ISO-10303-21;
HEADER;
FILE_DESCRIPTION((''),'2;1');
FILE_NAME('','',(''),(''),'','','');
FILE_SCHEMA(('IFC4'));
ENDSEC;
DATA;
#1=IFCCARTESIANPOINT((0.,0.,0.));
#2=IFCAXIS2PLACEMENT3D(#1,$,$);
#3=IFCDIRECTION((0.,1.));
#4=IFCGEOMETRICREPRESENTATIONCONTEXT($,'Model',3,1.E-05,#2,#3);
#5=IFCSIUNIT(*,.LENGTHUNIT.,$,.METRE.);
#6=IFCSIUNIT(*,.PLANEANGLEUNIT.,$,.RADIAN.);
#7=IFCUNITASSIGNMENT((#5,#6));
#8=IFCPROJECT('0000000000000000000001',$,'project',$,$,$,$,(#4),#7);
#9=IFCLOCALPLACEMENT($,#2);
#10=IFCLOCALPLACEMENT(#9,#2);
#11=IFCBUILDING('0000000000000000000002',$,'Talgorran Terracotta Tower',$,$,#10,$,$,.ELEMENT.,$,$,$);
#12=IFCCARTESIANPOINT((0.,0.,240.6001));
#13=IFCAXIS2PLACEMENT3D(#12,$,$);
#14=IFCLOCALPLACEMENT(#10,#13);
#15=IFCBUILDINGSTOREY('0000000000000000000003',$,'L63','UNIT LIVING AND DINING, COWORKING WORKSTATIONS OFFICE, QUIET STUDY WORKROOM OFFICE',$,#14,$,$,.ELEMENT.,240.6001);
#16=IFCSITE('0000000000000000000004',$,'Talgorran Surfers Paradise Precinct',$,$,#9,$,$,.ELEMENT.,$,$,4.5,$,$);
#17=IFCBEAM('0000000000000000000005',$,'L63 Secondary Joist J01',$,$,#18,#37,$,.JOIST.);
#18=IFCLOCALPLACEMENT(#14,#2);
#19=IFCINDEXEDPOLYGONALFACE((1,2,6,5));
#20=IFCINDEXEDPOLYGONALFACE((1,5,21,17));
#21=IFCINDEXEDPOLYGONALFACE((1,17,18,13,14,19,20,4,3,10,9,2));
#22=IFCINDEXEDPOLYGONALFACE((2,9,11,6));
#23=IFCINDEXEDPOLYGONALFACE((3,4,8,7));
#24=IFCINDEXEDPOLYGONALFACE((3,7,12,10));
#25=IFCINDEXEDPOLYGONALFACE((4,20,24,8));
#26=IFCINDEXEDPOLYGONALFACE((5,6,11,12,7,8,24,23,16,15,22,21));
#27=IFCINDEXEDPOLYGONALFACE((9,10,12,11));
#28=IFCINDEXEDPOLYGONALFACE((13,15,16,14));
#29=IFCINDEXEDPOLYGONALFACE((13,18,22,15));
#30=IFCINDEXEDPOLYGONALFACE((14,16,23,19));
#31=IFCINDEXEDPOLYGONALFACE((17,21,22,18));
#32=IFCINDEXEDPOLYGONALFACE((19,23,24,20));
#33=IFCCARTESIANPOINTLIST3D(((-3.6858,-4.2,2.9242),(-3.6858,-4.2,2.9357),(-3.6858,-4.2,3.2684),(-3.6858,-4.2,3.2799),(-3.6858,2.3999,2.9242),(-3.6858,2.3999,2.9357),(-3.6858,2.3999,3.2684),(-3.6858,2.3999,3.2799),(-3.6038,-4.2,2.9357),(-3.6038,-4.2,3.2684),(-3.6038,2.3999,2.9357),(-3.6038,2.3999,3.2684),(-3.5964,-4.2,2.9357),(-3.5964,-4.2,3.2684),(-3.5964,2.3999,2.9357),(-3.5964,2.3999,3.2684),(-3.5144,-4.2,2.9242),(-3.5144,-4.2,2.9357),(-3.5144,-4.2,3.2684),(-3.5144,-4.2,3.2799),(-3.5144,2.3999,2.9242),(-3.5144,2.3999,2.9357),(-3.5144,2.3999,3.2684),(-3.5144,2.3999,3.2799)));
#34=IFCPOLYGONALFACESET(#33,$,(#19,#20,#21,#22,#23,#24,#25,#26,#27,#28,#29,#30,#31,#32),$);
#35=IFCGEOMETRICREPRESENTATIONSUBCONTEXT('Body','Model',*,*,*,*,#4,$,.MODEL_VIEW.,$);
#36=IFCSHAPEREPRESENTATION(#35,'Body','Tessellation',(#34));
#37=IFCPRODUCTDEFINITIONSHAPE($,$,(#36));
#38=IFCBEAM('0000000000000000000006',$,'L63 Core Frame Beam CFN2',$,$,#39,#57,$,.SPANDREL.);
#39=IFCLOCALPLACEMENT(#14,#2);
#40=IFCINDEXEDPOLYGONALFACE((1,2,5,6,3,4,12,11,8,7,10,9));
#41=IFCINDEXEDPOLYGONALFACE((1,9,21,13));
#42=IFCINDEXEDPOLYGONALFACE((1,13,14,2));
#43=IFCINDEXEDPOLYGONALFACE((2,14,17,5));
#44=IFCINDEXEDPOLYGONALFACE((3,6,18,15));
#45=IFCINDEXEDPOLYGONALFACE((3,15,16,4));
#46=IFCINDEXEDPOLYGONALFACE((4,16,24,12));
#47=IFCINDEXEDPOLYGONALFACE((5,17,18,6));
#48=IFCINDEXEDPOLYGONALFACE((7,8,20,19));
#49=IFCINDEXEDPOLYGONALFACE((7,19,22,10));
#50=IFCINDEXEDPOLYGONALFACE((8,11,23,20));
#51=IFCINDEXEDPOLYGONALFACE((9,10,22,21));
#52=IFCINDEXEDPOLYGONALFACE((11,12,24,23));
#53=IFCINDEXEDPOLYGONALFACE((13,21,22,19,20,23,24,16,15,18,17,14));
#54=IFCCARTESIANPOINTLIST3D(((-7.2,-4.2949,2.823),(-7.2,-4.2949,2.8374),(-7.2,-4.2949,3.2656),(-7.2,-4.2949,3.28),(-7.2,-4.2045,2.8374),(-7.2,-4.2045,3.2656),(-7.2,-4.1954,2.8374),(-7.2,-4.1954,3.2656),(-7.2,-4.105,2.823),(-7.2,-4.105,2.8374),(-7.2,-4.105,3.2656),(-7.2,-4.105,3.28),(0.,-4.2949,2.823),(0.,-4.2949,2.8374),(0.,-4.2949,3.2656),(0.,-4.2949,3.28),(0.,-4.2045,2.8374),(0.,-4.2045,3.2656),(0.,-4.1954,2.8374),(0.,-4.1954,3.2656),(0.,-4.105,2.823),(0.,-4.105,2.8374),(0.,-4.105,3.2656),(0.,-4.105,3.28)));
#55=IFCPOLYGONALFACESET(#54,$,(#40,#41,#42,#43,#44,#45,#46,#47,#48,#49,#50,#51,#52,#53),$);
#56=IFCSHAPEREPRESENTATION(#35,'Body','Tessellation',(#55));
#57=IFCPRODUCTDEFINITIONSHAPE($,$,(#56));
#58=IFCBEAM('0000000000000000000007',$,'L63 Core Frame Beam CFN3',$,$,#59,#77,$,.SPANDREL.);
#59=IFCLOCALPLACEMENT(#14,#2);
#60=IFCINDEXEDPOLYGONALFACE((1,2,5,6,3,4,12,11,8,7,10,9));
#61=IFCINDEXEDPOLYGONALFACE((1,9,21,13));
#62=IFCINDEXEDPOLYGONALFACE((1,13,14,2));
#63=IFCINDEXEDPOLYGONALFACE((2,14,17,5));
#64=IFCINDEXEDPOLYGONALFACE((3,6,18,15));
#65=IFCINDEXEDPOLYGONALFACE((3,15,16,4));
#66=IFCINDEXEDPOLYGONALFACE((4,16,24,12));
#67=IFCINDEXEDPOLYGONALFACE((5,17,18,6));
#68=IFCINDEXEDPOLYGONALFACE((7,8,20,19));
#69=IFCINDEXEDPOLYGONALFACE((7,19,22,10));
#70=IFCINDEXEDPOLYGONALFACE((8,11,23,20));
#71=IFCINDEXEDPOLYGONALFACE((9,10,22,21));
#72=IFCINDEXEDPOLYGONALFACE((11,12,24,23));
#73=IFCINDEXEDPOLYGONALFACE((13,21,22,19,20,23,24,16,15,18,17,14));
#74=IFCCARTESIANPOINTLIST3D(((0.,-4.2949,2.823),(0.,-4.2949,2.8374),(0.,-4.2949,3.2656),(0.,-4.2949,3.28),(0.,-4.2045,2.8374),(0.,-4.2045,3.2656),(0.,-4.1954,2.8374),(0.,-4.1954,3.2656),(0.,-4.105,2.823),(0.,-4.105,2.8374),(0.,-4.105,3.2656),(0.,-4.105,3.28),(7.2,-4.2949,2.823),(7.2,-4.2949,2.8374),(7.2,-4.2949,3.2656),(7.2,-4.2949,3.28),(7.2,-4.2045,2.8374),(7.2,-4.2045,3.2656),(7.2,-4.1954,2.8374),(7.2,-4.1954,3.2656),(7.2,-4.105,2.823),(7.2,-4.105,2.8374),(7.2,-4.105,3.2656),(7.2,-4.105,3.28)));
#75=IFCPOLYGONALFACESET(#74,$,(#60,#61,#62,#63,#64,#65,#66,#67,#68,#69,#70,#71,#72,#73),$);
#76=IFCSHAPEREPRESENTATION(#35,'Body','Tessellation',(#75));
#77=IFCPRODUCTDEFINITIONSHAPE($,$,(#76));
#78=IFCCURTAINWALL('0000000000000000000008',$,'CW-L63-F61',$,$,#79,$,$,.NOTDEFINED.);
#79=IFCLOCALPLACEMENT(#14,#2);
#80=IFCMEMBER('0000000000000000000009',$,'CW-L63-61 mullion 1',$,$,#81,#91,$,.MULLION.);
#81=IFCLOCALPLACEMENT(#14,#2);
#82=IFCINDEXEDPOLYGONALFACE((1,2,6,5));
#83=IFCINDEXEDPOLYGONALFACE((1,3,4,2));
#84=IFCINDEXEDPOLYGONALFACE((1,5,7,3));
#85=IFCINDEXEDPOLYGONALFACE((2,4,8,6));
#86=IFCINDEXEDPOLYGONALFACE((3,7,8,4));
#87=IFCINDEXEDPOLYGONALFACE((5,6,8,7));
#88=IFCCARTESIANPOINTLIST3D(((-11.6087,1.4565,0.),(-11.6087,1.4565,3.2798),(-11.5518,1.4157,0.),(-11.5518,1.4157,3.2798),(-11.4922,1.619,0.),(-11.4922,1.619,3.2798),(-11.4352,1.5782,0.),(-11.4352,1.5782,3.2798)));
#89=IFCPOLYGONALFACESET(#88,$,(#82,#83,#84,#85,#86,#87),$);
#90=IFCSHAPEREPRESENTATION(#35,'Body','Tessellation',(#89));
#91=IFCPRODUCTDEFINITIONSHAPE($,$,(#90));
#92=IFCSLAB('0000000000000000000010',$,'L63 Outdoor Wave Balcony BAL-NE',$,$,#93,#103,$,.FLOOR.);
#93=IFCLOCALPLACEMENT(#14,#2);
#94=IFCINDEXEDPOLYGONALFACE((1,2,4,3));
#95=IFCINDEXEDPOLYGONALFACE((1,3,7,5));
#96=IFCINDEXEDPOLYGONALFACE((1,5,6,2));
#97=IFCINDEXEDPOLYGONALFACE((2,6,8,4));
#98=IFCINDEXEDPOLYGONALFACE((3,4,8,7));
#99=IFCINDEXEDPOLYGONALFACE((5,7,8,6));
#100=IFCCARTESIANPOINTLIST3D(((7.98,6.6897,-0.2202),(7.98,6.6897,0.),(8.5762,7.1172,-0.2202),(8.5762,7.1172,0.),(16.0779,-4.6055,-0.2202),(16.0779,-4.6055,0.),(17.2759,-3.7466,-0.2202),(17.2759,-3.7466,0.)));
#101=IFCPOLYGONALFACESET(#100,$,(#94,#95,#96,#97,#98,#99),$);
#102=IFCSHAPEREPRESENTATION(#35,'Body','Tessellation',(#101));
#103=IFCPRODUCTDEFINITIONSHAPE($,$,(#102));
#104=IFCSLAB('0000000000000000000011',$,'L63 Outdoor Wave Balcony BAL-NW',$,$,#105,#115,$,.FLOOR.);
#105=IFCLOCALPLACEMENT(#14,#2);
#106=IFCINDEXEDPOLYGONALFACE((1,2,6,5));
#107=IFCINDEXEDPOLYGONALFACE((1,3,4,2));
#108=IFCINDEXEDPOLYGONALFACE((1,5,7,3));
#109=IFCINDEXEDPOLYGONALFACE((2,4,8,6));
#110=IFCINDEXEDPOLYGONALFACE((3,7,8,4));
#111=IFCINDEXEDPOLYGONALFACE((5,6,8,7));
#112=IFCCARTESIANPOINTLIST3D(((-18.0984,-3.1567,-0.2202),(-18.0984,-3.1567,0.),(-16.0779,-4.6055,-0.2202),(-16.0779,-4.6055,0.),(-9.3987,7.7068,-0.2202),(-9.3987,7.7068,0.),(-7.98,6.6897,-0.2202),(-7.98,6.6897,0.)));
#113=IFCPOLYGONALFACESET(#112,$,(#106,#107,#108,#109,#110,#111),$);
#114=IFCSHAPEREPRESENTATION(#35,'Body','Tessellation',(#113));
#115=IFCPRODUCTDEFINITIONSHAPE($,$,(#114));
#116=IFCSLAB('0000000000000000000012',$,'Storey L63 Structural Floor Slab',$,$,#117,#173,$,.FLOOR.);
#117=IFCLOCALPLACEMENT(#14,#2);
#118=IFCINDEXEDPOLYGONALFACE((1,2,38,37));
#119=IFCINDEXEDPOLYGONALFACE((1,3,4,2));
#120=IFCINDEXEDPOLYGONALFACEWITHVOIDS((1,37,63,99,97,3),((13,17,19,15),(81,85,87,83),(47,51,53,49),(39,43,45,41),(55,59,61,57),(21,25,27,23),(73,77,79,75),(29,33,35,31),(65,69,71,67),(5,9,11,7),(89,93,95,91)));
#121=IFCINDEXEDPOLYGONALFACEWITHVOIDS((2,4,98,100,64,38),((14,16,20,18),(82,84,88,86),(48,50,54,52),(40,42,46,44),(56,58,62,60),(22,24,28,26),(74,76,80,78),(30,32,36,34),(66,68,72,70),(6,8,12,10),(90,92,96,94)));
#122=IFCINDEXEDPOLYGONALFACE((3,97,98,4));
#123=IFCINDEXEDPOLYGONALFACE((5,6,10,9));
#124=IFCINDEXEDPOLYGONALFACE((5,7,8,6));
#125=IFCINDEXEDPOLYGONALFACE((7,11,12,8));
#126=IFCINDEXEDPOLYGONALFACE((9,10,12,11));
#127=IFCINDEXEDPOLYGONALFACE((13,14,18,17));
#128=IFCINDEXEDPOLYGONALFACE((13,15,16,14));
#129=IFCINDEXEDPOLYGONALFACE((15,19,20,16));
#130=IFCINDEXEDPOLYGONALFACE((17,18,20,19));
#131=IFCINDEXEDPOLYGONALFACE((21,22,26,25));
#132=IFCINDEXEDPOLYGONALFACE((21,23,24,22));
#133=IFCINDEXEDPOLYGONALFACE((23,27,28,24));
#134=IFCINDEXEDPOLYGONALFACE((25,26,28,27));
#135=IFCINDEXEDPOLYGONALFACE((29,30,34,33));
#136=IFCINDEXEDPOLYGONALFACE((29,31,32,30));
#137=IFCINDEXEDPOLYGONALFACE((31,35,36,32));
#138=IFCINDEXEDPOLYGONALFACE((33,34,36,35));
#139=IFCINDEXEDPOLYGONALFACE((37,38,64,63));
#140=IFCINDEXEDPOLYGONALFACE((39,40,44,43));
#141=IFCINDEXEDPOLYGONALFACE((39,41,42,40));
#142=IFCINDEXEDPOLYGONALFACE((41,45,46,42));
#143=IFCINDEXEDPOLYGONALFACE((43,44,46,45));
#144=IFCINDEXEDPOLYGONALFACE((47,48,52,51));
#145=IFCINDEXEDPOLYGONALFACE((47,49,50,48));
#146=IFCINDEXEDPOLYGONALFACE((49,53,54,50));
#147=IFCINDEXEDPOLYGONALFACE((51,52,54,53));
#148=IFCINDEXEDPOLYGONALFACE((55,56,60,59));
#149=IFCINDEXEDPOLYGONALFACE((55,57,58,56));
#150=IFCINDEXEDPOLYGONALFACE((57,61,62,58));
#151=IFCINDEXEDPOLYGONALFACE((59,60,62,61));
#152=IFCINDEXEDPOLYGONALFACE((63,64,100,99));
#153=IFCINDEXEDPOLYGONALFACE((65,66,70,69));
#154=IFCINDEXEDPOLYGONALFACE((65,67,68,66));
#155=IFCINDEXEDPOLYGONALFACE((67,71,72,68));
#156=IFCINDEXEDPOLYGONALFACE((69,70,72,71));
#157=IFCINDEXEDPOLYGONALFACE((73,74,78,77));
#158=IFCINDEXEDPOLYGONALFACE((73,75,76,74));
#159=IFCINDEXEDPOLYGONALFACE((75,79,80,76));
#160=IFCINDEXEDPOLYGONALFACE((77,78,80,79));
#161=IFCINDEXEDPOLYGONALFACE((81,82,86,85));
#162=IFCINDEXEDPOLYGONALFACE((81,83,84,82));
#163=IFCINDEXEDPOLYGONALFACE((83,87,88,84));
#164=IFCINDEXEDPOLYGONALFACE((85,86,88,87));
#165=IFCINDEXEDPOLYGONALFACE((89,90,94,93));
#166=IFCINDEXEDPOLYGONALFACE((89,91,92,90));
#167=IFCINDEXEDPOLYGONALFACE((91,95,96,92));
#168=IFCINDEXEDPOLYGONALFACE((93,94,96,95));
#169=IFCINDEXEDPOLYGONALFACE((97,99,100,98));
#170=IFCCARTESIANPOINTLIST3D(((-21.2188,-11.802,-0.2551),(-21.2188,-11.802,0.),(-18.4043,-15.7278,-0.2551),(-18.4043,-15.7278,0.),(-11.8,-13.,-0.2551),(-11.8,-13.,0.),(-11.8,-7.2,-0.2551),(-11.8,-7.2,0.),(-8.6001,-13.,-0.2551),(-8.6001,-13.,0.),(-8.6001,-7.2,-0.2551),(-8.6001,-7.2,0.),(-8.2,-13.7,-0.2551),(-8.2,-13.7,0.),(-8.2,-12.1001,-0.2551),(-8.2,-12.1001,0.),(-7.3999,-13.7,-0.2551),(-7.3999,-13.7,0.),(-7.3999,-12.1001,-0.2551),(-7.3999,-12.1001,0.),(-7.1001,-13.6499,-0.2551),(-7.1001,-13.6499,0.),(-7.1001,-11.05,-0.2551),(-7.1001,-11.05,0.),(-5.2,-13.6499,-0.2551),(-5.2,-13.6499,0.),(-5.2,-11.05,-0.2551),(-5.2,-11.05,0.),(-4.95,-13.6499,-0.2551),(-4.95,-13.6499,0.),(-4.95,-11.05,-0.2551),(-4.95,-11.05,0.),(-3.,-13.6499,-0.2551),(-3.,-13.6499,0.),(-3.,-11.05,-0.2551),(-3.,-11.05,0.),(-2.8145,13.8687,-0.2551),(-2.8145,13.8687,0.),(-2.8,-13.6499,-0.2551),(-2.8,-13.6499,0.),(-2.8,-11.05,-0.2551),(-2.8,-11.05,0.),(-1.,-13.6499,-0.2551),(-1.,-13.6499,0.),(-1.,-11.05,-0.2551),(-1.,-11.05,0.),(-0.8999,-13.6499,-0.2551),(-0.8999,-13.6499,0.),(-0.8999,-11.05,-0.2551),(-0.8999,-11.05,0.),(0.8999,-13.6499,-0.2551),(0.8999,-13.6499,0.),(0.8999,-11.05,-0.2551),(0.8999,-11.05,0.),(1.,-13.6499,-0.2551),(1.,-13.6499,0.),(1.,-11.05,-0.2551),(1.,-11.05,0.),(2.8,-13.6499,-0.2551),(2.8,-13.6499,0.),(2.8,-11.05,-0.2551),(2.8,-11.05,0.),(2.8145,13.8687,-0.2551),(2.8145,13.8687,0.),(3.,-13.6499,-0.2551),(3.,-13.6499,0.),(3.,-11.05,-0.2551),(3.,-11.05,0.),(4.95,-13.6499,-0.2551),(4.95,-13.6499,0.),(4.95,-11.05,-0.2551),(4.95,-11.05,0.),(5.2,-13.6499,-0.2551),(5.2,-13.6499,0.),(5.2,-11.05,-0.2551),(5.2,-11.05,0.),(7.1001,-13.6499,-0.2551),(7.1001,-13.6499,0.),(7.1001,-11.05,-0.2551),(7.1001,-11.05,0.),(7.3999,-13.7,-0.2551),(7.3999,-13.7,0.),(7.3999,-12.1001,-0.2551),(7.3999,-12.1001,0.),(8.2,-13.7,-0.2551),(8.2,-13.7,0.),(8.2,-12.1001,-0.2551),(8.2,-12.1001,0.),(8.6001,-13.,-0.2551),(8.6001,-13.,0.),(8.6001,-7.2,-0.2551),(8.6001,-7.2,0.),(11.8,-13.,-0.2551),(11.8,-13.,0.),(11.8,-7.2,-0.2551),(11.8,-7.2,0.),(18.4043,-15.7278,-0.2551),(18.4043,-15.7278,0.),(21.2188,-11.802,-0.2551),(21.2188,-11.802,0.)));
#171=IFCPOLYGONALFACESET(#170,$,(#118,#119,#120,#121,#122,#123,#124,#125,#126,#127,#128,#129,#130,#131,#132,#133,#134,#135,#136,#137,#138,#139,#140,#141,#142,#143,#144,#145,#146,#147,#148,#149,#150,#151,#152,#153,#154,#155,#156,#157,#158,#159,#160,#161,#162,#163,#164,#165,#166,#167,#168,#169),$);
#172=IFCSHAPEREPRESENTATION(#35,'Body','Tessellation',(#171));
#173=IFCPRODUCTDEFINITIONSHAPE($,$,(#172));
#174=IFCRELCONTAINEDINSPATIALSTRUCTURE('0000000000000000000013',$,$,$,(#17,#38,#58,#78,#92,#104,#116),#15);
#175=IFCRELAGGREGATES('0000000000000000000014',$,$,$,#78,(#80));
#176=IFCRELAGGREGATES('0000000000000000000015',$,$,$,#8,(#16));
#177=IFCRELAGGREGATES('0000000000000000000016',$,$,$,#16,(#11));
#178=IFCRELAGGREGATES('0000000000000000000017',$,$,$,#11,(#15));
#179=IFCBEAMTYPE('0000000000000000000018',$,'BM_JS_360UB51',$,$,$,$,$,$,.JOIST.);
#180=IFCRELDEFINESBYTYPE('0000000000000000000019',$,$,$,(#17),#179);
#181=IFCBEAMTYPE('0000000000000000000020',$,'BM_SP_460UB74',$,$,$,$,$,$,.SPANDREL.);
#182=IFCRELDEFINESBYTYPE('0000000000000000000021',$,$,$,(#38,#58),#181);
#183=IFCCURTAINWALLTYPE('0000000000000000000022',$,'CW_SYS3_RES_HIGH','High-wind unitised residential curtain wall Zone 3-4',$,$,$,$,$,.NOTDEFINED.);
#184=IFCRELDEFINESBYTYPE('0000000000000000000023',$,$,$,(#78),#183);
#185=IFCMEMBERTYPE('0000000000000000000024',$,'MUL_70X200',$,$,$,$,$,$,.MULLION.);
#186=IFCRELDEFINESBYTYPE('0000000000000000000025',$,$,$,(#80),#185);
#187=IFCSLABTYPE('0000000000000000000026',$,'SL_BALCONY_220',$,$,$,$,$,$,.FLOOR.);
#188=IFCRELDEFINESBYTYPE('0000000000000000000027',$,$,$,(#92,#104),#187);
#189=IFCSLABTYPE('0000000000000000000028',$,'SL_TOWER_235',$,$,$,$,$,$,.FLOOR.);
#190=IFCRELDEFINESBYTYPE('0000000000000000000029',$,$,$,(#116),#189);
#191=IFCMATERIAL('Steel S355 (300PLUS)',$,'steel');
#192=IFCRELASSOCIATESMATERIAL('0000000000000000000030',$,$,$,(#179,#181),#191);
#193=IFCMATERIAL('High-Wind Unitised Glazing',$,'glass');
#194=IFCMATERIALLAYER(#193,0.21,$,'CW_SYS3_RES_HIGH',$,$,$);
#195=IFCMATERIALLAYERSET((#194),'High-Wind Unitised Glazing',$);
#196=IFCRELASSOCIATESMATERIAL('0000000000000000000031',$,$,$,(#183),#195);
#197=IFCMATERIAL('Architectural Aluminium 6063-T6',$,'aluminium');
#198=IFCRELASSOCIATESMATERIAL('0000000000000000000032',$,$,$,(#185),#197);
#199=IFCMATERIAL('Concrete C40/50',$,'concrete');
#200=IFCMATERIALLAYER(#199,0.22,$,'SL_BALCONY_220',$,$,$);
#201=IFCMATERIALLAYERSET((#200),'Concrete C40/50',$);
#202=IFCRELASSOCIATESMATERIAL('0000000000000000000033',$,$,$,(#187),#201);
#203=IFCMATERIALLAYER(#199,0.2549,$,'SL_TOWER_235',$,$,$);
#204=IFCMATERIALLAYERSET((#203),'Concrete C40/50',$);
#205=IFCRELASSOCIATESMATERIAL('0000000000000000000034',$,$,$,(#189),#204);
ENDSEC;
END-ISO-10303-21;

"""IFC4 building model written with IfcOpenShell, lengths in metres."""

from ifc_helpers import new_model, si_unit, direction, frame, origin, origin_2d, place, context, subcontext, project, spatial, polyline, rectangle, i_section, outline, extrude, material, layer, layer_set, material_profile, profile_set, type_object, element, aggregate, save


model = new_model("IFC4")

# Units and contexts
model_context = context("Model", 3, precision=1e-05, world=origin(), true_north=direction((0.0, 1.0)))
body_context = subcontext(model_context, "Body", "Model", "MODEL_VIEW")
ifc_project = project(units=[si_unit("LENGTHUNIT", "METRE"), si_unit("PLANEANGLEUNIT", "RADIAN")], contexts=[model_context])

# Site, building, storey
site_placement = place(None, origin())
site = spatial("IfcSite", under=ifc_project, at=site_placement, Name="Talgorran Surfers Paradise Precinct", CompositionType="ELEMENT", RefElevation=4.5)
building_placement = place(site_placement, origin())
building = spatial("IfcBuilding", under=site, at=building_placement, Name="Talgorran Terracotta Tower", CompositionType="ELEMENT")
storey_placement = place(building_placement, frame((0.0, 0.0, 240.6001)))
storey = spatial("IfcBuildingStorey", under=building, at=storey_placement, Name="L63", Description="UNIT LIVING AND DINING, COWORKING WORKSTATIONS OFFICE, QUIET STUDY WORKROOM OFFICE", CompositionType="ELEMENT", Elevation=240.6001)

# Shared definitions
ifc_material_1 = material(Name="Steel S355 (300PLUS)", Category="steel")

# Beams
ifc_material_profile_1 = material_profile(ifc_material_1, i_section(OverallWidth=0.1714, OverallDepth=0.3557, WebThickness=0.0073, FlangeThickness=0.0115, at=origin_2d()), Name="360UB50.7")
ifc_profile_set_1 = profile_set([ifc_material_profile_1], Name="Steel S355 (300PLUS)")
beam_type_1 = type_object("IfcBeamType", Name="BM_JS_360UB51", PredefinedType="JOIST", material=ifc_profile_set_1)
beam_1_placement = place(storey_placement, frame((-3.6001, -4.2, 3.1021), z_axis=(0.0, 1.0, 0.0), x_axis=(-1.0, 0.0, 0.0)))
element("IfcBeam", 1, at=beam_1_placement, inside=storey, type_object=beam_type_1, Name="L63 Secondary Joist J01", PredefinedType="JOIST", context=body_context, shape_type="SweptSolid", body=[
    extrude(i_section(OverallWidth=0.1714, OverallDepth=0.3557, WebThickness=0.0073, FlangeThickness=0.0115, at=origin_2d()), origin(), (0.0, 0.0, 1.0), 6.5999),
])
ifc_material_profile_2 = material_profile(ifc_material_1, i_section(OverallWidth=0.1899, OverallDepth=0.457, WebThickness=0.009, FlangeThickness=0.0144, at=origin_2d()), Name="460UB74.6")
ifc_profile_set_2 = profile_set([ifc_material_profile_2], Name="Steel S355 (300PLUS)")
beam_type_2 = type_object("IfcBeamType", Name="BM_SP_460UB74", PredefinedType="SPANDREL", material=ifc_profile_set_2)
for number, where, z_axis, x_axis, name in (
    (2, (-7.2, -4.2, 3.0515), (1.0, 0.0, 0.0), (0.0, 1.0, 0.0), "L63 Core Frame Beam CFN2"),
    (3, (0.0, -4.2, 3.0515), (1.0, 0.0, 0.0), (0.0, 1.0, 0.0), "L63 Core Frame Beam CFN3"),
):
    element("IfcBeam", number, at=place(storey_placement, frame(where, z_axis=z_axis, x_axis=x_axis)), inside=storey, type_object=beam_type_2, Name=name, PredefinedType="SPANDREL", context=body_context, shape_type="SweptSolid", body=[
        extrude(i_section(OverallWidth=0.1899, OverallDepth=0.457, WebThickness=0.009, FlangeThickness=0.0144, at=origin_2d()), origin(), (0.0, 0.0, 1.0), 7.2),
    ])

# Curtain wall, member
ifc_material_2 = material(Name="High-Wind Unitised Glazing", Category="glass")
ifc_layer_1 = layer(ifc_material_2, 0.21, Name="CW_SYS3_RES_HIGH")
ifc_layer_set_1 = layer_set([ifc_layer_1], Name="High-Wind Unitised Glazing")
curtain_wall_type = type_object("IfcCurtainWallType", Name="CW_SYS3_RES_HIGH", Description="High-wind unitised residential curtain wall Zone 3-4", PredefinedType="NOTDEFINED", material=ifc_layer_set_1)
curtain_wall_placement = place(storey_placement, origin())
curtain_wall = element("IfcCurtainWall", 4, at=curtain_wall_placement, inside=storey, type_object=curtain_wall_type, Name="CW-L63-F61", PredefinedType="NOTDEFINED")
ifc_material_3 = material(Name="Architectural Aluminium 6063-T6", Category="aluminium")
ifc_material_profile_3 = material_profile(ifc_material_3, rectangle(XDim=0.0701, YDim=0.2, at=origin_2d()), Name="CWM70X200")
ifc_profile_set_3 = profile_set([ifc_material_profile_3], Name="Architectural Aluminium 6063-T6")
member_type = type_object("IfcMemberType", Name="MUL_70X200", PredefinedType="MULLION", material=ifc_profile_set_3)
member_placement = place(storey_placement, frame((-11.522, 1.5173, 0.0), z_axis=(0.0, 0.0, 1.0), x_axis=(0.812711, -0.582667, 0.0)))
member = element("IfcMember", 5, at=member_placement, type_object=member_type, Name="CW-L63-61 mullion 1", PredefinedType="MULLION", context=body_context, shape_type="SweptSolid", body=[
    extrude(rectangle(XDim=0.0701, YDim=0.2, at=origin_2d()), origin(), (0.0, 0.0, 1.0), 3.2798),
])
aggregate(curtain_wall, [member])

# Slabs
ifc_material_4 = material(Name="Concrete C40/50", Category="concrete")
ifc_layer_2 = layer(ifc_material_4, 0.22, Name="SL_BALCONY_220")
ifc_layer_set_2 = layer_set([ifc_layer_2], Name="Concrete C40/50")
slab_type_1 = type_object("IfcSlabType", Name="SL_BALCONY_220", PredefinedType="FLOOR", material=ifc_layer_set_2)
slab_1_placement = place(storey_placement, frame((0.0, 0.0, -0.2202)))
element("IfcSlab", 6, at=slab_1_placement, inside=storey, type_object=slab_type_1, Name="L63 Outdoor Wave Balcony BAL-NE", PredefinedType="FLOOR", context=body_context, shape_type="SweptSolid", body=[
    extrude(outline(polyline([(7.98, 6.6897), (16.0779, -4.6055), (17.2759, -3.7466), (8.5762, 7.1172), (7.98, 6.6897)])), origin(), (0.0, 0.0, 1.0), 0.2202),
])
slab_2_placement = place(storey_placement, frame((0.0, 0.0, -0.2202)))
element("IfcSlab", 7, at=slab_2_placement, inside=storey, type_object=slab_type_1, Name="L63 Outdoor Wave Balcony BAL-NW", PredefinedType="FLOOR", context=body_context, shape_type="SweptSolid", body=[
    extrude(outline(polyline([(-16.0779, -4.6055), (-7.98, 6.6897), (-9.3987, 7.7068), (-18.0984, -3.1567), (-16.0779, -4.6055)])), origin(), (0.0, 0.0, 1.0), 0.2202),
])
ifc_layer_3 = layer(ifc_material_4, 0.2549, Name="SL_TOWER_235")
ifc_layer_set_3 = layer_set([ifc_layer_3], Name="Concrete C40/50")
slab_type_2 = type_object("IfcSlabType", Name="SL_TOWER_235", PredefinedType="FLOOR", material=ifc_layer_set_3)
slab_3_placement = place(storey_placement, frame((0.0, 0.0, -0.2551)))
element("IfcSlab", 8, at=slab_3_placement, inside=storey, type_object=slab_type_2, Name="Storey L63 Structural Floor Slab", PredefinedType="FLOOR", context=body_context, shape_type="SweptSolid", body=[
    extrude(outline(polyline([(-21.2188, -11.802), (-18.4043, -15.7278), (18.4043, -15.7278), (21.2188, -11.802), (2.8145, 13.8687), (-2.8145, 13.8687), (-21.2188, -11.802)]), holes=[polyline([(-11.8, -7.2), (-11.8, -13.0), (-8.6001, -13.0), (-8.6001, -7.2), (-11.8, -7.2)]), polyline([(8.6001, -7.2), (8.6001, -13.0), (11.8, -13.0), (11.8, -7.2), (8.6001, -7.2)]), polyline([(-7.1001, -13.6499), (-5.2, -13.6499), (-5.2, -11.05), (-7.1001, -11.05), (-7.1001, -13.6499)]), polyline([(5.2, -13.6499), (7.1001, -13.6499), (7.1001, -11.05), (5.2, -11.05), (5.2, -13.6499)]), polyline([(3.0, -13.6499), (4.95, -13.6499), (4.95, -11.05), (3.0, -11.05), (3.0, -13.6499)]), polyline([(-4.95, -13.6499), (-3.0, -13.6499), (-3.0, -11.05), (-4.95, -11.05), (-4.95, -13.6499)]), polyline([(-2.8, -13.6499), (-1.0, -13.6499), (-1.0, -11.05), (-2.8, -11.05), (-2.8, -13.6499)]), polyline([(-0.8999, -13.6499), (0.8999, -13.6499), (0.8999, -11.05), (-0.8999, -11.05), (-0.8999, -13.6499)]), polyline([(1.0, -13.6499), (2.8, -13.6499), (2.8, -11.05), (1.0, -11.05), (1.0, -13.6499)]), polyline([(-8.2, -13.7), (-7.3999, -13.7), (-7.3999, -12.1001), (-8.2, -12.1001), (-8.2, -13.7)]), polyline([(7.3999, -13.7), (8.2, -13.7), (8.2, -12.1001), (7.3999, -12.1001), (7.3999, -13.7)])]), origin(), (0.0, 0.0, 1.0), 0.2551),
])

save(model, "model.ifc")
